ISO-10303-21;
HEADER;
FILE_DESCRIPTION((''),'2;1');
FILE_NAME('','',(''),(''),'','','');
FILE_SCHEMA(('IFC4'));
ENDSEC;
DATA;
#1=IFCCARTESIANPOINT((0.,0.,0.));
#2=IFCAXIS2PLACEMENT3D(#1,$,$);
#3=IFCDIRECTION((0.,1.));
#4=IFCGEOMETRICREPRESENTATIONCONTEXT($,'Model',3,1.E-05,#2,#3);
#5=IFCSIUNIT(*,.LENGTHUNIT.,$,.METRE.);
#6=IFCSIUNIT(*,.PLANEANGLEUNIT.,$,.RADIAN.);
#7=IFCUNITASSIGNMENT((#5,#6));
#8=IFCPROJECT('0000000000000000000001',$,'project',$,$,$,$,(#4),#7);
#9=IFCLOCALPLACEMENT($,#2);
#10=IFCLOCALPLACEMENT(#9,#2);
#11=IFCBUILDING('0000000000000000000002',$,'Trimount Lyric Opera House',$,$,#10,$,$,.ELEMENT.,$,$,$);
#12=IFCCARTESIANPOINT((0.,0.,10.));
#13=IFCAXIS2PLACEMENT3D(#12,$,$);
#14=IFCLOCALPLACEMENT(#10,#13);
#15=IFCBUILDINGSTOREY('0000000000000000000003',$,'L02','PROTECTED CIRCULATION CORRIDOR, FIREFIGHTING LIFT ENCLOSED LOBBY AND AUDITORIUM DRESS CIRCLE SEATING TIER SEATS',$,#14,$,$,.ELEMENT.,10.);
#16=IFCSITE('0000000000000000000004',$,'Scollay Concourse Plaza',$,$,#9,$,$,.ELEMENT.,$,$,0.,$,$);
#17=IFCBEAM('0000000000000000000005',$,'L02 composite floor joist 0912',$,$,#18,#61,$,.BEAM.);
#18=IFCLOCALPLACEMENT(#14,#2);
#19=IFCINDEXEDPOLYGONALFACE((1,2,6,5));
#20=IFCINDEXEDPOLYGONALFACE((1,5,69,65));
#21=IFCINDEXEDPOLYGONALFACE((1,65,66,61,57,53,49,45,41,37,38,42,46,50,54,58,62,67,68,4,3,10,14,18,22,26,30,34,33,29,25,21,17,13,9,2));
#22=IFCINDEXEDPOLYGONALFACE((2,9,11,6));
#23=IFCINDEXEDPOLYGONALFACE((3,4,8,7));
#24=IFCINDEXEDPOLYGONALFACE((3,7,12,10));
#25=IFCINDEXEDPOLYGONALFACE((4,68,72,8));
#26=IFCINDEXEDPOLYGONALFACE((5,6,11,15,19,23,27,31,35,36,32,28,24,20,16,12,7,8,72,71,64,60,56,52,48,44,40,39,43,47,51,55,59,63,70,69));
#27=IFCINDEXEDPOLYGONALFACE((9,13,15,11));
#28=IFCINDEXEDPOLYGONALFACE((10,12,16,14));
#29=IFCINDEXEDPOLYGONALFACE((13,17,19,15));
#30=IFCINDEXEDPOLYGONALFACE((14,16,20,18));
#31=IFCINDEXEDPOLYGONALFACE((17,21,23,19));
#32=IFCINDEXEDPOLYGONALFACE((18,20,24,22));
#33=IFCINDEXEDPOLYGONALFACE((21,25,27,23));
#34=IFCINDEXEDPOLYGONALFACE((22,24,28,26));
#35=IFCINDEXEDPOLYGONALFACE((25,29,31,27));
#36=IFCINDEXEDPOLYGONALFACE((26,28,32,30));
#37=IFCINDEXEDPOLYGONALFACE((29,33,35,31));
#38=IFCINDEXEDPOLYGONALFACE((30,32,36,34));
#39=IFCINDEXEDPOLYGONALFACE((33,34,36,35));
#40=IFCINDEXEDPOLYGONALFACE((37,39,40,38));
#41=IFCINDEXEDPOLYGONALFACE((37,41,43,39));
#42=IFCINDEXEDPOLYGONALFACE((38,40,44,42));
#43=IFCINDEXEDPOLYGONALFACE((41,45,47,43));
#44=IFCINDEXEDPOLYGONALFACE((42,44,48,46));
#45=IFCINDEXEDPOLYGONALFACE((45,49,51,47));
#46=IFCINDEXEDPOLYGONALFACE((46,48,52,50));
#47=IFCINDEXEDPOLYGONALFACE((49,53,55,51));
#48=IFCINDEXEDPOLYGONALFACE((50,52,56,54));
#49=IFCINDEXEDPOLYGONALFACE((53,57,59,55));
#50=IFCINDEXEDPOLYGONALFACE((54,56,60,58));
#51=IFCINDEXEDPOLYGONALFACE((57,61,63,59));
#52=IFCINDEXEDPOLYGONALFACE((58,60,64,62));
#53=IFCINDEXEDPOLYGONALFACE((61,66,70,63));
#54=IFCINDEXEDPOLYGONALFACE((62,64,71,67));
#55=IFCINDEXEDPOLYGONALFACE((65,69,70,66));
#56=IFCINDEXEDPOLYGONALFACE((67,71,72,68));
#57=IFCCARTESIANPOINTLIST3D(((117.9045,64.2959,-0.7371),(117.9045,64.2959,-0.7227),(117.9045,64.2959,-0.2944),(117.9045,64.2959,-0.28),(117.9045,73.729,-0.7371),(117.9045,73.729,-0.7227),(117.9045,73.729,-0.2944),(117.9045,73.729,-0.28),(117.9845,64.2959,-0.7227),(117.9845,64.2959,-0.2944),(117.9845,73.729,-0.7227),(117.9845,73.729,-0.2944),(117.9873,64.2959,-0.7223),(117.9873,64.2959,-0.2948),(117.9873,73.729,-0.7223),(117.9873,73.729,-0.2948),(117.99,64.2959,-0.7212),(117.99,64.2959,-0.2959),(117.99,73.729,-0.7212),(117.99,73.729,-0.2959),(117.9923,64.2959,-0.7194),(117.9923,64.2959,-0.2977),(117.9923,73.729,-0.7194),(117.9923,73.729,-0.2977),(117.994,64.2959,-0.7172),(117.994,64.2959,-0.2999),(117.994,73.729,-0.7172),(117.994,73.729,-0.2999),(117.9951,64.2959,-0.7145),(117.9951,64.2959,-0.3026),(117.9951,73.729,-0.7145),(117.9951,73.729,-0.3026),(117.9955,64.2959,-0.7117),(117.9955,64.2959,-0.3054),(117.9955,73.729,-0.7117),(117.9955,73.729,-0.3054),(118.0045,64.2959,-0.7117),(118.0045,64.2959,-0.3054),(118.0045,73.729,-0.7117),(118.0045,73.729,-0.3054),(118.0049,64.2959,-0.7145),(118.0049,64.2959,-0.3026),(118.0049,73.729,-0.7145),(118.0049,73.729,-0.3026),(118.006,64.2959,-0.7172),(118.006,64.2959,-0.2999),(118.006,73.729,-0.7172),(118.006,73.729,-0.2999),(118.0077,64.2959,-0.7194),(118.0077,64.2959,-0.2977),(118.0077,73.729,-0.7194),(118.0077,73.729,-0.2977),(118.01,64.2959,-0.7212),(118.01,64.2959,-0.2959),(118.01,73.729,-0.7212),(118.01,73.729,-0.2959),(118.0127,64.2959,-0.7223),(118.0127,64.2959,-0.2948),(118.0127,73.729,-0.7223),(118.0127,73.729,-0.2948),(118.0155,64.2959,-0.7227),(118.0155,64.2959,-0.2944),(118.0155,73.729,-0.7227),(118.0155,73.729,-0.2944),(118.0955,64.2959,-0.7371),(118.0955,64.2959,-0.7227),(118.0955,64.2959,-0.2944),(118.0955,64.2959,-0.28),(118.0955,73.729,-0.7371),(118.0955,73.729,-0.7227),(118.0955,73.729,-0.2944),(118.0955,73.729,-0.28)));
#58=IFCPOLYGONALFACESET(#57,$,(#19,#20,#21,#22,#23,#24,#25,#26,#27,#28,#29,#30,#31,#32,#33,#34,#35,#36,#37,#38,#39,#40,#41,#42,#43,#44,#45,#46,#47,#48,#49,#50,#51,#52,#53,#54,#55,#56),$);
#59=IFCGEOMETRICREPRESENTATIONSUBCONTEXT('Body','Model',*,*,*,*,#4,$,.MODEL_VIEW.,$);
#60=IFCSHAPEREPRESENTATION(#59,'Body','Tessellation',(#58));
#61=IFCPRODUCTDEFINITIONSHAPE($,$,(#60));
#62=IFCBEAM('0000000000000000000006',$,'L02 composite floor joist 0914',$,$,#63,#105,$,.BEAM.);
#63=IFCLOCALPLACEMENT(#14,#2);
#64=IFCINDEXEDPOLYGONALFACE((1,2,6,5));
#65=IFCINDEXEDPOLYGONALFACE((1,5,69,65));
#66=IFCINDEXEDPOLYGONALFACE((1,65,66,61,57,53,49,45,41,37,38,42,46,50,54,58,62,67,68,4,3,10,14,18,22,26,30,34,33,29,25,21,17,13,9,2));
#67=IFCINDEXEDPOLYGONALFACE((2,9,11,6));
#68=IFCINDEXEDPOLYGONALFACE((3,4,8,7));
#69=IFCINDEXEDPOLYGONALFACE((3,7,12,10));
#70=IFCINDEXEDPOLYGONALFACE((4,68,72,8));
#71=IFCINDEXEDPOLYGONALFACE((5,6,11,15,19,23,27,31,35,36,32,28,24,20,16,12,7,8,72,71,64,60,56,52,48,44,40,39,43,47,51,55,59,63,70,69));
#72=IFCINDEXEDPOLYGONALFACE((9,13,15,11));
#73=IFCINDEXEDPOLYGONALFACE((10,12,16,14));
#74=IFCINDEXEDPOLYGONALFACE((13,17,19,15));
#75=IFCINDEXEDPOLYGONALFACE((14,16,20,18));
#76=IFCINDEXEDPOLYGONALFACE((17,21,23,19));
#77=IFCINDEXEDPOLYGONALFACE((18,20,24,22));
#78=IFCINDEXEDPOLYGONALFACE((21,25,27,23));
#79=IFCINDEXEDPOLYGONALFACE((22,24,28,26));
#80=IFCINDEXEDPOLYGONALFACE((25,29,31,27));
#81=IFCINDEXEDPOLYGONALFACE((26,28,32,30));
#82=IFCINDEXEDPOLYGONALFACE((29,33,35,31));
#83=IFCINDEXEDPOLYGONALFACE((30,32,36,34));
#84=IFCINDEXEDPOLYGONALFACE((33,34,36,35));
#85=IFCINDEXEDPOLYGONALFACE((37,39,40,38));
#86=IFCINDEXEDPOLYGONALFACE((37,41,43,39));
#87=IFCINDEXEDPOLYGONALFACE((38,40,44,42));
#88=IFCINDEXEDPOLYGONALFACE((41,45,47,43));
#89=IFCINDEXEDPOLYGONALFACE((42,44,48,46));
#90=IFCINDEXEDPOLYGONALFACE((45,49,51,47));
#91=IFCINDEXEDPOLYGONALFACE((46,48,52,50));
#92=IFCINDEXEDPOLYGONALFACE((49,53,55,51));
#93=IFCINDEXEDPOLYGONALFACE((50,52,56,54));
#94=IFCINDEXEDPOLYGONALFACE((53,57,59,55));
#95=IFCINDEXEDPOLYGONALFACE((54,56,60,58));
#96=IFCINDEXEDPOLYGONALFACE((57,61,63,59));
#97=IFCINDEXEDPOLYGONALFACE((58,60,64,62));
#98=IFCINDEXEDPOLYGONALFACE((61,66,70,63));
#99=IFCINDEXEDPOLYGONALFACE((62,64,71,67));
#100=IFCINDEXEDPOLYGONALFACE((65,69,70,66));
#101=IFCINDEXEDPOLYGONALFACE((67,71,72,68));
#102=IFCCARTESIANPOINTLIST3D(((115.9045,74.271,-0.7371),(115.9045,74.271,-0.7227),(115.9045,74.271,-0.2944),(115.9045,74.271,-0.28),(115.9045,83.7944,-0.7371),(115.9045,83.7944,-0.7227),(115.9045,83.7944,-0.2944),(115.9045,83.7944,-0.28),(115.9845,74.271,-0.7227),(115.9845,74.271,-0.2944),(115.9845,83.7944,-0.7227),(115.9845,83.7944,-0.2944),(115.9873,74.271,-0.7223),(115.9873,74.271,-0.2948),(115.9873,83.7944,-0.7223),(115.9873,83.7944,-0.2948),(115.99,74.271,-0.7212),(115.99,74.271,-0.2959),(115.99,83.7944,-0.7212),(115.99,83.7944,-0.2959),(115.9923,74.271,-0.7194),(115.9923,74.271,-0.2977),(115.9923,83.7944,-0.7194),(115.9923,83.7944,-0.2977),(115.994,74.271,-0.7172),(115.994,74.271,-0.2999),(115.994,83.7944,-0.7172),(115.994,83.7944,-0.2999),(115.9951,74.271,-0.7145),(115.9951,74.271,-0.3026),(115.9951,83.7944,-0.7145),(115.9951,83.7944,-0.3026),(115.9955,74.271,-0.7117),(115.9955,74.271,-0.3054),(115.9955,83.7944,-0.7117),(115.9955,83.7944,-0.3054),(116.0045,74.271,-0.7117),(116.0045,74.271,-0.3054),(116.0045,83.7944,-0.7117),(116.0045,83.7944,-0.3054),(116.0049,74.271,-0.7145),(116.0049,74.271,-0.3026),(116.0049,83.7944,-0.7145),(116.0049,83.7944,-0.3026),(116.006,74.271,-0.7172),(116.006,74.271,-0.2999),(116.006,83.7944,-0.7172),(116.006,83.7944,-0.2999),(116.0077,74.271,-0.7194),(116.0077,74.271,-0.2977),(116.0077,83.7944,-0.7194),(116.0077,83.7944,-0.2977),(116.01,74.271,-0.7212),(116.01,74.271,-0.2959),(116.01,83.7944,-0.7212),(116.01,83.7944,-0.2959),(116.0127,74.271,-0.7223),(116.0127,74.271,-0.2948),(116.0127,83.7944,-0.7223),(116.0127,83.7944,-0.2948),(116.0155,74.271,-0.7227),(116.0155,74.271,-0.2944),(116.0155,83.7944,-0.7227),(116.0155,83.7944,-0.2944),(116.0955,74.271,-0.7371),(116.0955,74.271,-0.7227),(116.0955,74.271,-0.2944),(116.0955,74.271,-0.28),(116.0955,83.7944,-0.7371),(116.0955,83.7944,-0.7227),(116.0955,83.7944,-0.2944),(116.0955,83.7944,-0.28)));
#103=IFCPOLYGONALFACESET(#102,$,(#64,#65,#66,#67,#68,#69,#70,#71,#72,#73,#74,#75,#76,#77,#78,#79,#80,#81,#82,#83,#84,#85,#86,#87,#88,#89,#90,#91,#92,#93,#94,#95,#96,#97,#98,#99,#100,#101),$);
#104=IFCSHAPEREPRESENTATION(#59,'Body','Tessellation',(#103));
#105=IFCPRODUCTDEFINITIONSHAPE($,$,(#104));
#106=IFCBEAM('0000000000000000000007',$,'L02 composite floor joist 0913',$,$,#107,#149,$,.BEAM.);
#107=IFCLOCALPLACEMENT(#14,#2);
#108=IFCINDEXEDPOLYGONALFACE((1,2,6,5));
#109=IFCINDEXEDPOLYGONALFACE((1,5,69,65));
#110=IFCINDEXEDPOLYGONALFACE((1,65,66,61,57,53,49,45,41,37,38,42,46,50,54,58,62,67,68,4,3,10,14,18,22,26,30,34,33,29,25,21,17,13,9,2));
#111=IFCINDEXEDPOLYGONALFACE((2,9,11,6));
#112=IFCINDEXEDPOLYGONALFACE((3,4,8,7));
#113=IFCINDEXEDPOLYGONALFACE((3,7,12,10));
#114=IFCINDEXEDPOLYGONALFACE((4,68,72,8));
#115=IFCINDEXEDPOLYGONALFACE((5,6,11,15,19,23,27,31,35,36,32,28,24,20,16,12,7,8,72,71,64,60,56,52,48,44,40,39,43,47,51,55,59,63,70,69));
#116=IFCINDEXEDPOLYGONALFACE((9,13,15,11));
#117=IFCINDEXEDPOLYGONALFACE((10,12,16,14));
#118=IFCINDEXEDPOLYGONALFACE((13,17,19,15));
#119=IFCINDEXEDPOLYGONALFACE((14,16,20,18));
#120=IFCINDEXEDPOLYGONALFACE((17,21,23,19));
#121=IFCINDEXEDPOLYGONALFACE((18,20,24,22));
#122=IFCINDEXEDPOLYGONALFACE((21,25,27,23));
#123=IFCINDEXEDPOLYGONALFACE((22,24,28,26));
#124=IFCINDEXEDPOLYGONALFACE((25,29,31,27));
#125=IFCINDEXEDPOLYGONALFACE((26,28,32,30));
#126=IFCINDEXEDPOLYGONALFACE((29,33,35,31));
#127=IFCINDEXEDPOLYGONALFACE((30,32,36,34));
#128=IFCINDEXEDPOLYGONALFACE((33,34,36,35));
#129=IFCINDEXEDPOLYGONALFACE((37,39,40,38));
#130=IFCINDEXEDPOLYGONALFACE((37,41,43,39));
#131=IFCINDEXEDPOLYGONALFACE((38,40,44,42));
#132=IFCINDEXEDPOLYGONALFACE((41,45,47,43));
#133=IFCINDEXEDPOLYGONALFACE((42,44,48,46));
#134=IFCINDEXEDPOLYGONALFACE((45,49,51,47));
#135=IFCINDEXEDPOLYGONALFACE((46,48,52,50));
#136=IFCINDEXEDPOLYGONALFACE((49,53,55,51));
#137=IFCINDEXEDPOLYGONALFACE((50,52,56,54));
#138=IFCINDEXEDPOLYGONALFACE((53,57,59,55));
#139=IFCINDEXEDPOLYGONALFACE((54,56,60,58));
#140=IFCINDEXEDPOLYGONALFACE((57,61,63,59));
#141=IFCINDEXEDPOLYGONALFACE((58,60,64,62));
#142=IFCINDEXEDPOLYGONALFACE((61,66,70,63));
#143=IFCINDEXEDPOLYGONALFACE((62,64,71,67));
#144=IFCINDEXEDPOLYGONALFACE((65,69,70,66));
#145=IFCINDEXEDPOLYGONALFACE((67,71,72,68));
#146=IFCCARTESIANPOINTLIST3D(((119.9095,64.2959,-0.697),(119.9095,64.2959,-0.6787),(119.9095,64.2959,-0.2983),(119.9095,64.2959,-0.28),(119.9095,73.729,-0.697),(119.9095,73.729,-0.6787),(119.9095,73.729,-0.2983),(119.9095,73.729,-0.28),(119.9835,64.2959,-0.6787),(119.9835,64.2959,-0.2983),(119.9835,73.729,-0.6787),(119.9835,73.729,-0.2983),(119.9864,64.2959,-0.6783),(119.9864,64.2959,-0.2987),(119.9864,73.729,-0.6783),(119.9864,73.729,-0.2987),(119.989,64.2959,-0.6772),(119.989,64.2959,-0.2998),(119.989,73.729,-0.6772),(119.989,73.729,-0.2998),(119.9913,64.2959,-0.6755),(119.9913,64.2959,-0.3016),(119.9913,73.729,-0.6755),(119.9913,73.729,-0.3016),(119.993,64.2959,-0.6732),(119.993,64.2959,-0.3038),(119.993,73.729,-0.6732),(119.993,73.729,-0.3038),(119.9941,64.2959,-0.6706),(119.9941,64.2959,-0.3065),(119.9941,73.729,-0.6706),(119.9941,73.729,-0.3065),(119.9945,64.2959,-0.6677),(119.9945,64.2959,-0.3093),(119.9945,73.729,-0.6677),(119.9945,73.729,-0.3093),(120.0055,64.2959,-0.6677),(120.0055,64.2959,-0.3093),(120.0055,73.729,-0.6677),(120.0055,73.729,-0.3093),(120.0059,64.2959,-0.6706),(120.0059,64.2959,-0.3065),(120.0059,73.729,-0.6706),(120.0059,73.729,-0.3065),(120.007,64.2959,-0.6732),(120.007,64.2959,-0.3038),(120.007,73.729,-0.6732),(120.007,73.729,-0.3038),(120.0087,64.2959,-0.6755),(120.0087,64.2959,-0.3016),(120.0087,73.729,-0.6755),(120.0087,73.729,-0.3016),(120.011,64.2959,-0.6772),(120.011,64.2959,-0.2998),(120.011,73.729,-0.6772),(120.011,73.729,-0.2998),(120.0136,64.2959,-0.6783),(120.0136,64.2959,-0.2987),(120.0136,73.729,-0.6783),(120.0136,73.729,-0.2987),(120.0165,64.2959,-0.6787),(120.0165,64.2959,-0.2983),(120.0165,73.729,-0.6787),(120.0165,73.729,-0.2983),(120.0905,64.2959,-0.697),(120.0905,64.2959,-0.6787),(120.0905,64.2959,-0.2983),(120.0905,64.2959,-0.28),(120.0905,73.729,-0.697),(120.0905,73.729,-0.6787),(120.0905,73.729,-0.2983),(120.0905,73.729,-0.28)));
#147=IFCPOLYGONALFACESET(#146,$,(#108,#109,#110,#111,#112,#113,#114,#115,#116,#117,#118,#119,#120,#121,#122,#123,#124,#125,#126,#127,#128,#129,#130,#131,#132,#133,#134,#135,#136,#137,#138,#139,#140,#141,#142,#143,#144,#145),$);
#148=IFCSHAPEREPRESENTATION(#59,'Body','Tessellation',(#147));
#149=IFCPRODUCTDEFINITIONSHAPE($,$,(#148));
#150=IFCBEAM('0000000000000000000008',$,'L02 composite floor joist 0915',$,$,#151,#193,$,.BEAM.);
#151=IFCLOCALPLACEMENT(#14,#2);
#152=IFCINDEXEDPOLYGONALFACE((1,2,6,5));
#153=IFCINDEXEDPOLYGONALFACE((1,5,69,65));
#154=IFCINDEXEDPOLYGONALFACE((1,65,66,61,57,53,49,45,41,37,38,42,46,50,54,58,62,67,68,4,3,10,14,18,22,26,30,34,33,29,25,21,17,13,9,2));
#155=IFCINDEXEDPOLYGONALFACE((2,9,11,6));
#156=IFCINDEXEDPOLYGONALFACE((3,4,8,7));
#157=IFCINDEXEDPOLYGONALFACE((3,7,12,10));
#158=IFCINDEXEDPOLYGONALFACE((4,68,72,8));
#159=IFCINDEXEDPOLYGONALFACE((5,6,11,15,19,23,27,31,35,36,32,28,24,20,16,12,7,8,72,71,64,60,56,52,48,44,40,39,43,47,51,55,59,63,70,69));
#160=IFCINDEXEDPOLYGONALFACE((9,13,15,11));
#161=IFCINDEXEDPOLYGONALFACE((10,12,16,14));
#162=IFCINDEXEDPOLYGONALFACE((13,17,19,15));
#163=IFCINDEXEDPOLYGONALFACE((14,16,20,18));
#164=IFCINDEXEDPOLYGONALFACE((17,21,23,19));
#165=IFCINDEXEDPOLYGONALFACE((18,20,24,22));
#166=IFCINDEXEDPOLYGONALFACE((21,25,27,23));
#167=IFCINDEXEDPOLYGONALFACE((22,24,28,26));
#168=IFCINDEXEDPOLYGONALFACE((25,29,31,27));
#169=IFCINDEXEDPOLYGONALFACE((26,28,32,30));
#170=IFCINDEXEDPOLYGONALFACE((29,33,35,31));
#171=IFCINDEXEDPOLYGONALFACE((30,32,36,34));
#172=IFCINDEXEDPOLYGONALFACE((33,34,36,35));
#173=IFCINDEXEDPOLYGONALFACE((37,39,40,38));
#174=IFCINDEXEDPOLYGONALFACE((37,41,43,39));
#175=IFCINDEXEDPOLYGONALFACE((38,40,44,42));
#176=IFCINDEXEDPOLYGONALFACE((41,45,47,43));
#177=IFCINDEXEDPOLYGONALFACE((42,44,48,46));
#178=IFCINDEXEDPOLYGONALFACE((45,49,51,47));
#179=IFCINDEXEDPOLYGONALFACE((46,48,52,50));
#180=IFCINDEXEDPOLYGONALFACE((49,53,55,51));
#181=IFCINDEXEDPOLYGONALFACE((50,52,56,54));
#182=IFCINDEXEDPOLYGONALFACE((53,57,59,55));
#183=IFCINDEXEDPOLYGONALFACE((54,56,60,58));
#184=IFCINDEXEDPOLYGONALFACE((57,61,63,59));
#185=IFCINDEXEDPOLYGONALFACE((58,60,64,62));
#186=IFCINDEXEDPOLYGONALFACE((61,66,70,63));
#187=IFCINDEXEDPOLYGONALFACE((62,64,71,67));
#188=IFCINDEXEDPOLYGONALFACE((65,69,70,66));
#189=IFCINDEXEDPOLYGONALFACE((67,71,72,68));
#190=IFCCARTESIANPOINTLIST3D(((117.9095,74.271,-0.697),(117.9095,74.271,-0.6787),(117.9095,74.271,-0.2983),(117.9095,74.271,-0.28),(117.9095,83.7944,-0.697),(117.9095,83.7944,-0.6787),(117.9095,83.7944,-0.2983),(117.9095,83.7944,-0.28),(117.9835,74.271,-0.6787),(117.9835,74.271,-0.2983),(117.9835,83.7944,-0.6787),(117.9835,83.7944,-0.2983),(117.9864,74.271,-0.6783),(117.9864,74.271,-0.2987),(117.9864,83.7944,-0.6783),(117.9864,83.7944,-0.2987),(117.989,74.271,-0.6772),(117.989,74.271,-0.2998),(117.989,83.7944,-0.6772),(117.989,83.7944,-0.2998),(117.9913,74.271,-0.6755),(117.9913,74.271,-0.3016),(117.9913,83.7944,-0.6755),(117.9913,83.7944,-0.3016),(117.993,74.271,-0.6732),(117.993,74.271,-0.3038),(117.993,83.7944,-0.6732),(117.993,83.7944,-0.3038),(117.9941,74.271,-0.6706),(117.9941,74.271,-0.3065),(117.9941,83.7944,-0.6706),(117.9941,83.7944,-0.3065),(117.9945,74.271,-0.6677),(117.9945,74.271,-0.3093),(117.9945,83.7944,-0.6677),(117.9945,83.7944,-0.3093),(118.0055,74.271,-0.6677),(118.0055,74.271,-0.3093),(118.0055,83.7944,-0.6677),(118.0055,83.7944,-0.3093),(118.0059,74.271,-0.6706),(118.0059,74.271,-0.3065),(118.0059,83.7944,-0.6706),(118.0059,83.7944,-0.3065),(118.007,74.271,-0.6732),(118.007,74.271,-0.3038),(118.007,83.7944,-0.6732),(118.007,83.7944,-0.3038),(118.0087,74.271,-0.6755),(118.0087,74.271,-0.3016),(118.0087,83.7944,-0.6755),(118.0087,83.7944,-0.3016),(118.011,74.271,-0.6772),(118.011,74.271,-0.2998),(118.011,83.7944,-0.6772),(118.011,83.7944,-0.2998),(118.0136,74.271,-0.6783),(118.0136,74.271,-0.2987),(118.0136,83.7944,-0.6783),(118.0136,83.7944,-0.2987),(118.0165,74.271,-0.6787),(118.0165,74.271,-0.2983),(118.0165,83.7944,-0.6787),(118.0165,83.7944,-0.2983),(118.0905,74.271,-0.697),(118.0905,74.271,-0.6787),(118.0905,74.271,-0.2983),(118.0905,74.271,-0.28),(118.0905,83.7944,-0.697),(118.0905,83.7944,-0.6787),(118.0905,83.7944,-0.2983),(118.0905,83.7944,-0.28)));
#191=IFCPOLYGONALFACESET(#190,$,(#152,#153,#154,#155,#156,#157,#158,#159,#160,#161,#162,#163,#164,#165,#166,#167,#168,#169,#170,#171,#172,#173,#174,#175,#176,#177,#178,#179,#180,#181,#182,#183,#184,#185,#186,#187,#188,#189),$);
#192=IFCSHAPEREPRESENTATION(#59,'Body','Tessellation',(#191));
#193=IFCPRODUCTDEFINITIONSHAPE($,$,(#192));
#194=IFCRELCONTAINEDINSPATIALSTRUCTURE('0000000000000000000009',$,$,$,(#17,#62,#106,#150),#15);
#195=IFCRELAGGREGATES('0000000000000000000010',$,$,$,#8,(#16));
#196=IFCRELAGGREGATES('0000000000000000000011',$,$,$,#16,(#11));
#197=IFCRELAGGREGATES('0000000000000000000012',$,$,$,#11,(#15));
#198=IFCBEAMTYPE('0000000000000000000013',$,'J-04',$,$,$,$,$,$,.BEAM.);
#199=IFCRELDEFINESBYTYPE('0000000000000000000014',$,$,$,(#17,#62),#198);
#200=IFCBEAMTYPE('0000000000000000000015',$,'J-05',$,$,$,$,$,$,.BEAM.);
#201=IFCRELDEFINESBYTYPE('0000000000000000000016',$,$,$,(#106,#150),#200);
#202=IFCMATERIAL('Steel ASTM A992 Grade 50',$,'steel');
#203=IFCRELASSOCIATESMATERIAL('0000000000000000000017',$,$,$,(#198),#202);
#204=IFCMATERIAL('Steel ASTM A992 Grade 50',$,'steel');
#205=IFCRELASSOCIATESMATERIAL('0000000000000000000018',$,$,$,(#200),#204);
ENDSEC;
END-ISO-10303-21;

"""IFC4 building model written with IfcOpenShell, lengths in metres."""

from ifc_helpers import new_model, si_unit, direction, frame, origin, origin_2d, place, context, subcontext, project, spatial, i_section, extrude, material, material_profile, profile_set, type_object, element, save


model = new_model("IFC4")

# Units and contexts
model_context = context("Model", 3, precision=1e-05, world=origin(), true_north=direction((0.0, 1.0)))
body_context = subcontext(model_context, "Body", "Model", "MODEL_VIEW")
ifc_project = project(units=[si_unit("LENGTHUNIT", "METRE"), si_unit("PLANEANGLEUNIT", "RADIAN")], contexts=[model_context])

# Site, building, storey
site_placement = place(None, origin())
site = spatial("IfcSite", under=ifc_project, at=site_placement, Name="Scollay Concourse Plaza", CompositionType="ELEMENT", RefElevation=0.0)
building_placement = place(site_placement, origin())
building = spatial("IfcBuilding", under=site, at=building_placement, Name="Trimount Lyric Opera House", CompositionType="ELEMENT")
storey_placement = place(building_placement, frame((0.0, 0.0, 10.0)))
storey = spatial("IfcBuildingStorey", under=building, at=storey_placement, Name="L02", Description="PROTECTED CIRCULATION CORRIDOR, FIREFIGHTING LIFT ENCLOSED LOBBY AND AUDITORIUM DRESS CIRCLE SEATING TIER SEATS", CompositionType="ELEMENT", Elevation=10.0)

# Beams
ifc_material_1 = material(Name="Steel ASTM A992 Grade 50", Category="steel")
ifc_material_profile_1 = material_profile(ifc_material_1, i_section(OverallWidth=0.1909, OverallDepth=0.457, WebThickness=0.009, FlangeThickness=0.0144, FilletRadius=0.011, at=origin_2d()), Name="W18X50")
ifc_profile_set_1 = profile_set([ifc_material_profile_1], Name="Steel ASTM A992 Grade 50")
beam_type_1 = type_object("IfcBeamType", Name="J-04", PredefinedType="BEAM", material=ifc_profile_set_1)
beam_1_placement = place(storey_placement, frame((118.0, 64.2959, -0.5085), z_axis=(0.0, 1.0, 0.0), x_axis=(-1.0, 0.0, 0.0)))
element("IfcBeam", 1, at=beam_1_placement, inside=storey, type_object=beam_type_1, Name="L02 composite floor joist 0912", PredefinedType="BEAM", context=body_context, shape_type="SweptSolid", body=[
    extrude(i_section(OverallWidth=0.1909, OverallDepth=0.457, WebThickness=0.009, FlangeThickness=0.0144, FilletRadius=0.011, at=origin_2d()), origin(), (0.0, 0.0, 1.0), 9.4331),
])
beam_2_placement = place(storey_placement, frame((116.0, 74.271, -0.5085), z_axis=(0.0, 1.0, 0.0), x_axis=(-1.0, 0.0, 0.0)))
element("IfcBeam", 2, at=beam_2_placement, inside=storey, type_object=beam_type_1, Name="L02 composite floor joist 0914", PredefinedType="BEAM", context=body_context, shape_type="SweptSolid", body=[
    extrude(i_section(OverallWidth=0.1909, OverallDepth=0.457, WebThickness=0.009, FlangeThickness=0.0144, FilletRadius=0.011, at=origin_2d()), origin(), (0.0, 0.0, 1.0), 9.5234),
])
ifc_material_2 = material(Name="Steel ASTM A992 Grade 50", Category="steel")
ifc_material_profile_2 = material_profile(ifc_material_2, i_section(OverallWidth=0.1809, OverallDepth=0.417, WebThickness=0.011, FlangeThickness=0.0183, FilletRadius=0.011, at=origin_2d()), Name="W16X57")
ifc_profile_set_2 = profile_set([ifc_material_profile_2], Name="Steel ASTM A992 Grade 50")
beam_type_2 = type_object("IfcBeamType", Name="J-05", PredefinedType="BEAM", material=ifc_profile_set_2)
beam_3_placement = place(storey_placement, frame((120.0, 64.2959, -0.4885), z_axis=(0.0, 1.0, 0.0), x_axis=(-1.0, 0.0, 0.0)))
element("IfcBeam", 3, at=beam_3_placement, inside=storey, type_object=beam_type_2, Name="L02 composite floor joist 0913", PredefinedType="BEAM", context=body_context, shape_type="SweptSolid", body=[
    extrude(i_section(OverallWidth=0.1809, OverallDepth=0.417, WebThickness=0.011, FlangeThickness=0.0183, FilletRadius=0.011, at=origin_2d()), origin(), (0.0, 0.0, 1.0), 9.4331),
])
beam_4_placement = place(storey_placement, frame((118.0, 74.271, -0.4885), z_axis=(0.0, 1.0, 0.0), x_axis=(-1.0, 0.0, 0.0)))
element("IfcBeam", 4, at=beam_4_placement, inside=storey, type_object=beam_type_2, Name="L02 composite floor joist 0915", PredefinedType="BEAM", context=body_context, shape_type="SweptSolid", body=[
    extrude(i_section(OverallWidth=0.1809, OverallDepth=0.417, WebThickness=0.011, FlangeThickness=0.0183, FilletRadius=0.011, at=origin_2d()), origin(), (0.0, 0.0, 1.0), 9.5234),
])

save(model, "model.ifc")
